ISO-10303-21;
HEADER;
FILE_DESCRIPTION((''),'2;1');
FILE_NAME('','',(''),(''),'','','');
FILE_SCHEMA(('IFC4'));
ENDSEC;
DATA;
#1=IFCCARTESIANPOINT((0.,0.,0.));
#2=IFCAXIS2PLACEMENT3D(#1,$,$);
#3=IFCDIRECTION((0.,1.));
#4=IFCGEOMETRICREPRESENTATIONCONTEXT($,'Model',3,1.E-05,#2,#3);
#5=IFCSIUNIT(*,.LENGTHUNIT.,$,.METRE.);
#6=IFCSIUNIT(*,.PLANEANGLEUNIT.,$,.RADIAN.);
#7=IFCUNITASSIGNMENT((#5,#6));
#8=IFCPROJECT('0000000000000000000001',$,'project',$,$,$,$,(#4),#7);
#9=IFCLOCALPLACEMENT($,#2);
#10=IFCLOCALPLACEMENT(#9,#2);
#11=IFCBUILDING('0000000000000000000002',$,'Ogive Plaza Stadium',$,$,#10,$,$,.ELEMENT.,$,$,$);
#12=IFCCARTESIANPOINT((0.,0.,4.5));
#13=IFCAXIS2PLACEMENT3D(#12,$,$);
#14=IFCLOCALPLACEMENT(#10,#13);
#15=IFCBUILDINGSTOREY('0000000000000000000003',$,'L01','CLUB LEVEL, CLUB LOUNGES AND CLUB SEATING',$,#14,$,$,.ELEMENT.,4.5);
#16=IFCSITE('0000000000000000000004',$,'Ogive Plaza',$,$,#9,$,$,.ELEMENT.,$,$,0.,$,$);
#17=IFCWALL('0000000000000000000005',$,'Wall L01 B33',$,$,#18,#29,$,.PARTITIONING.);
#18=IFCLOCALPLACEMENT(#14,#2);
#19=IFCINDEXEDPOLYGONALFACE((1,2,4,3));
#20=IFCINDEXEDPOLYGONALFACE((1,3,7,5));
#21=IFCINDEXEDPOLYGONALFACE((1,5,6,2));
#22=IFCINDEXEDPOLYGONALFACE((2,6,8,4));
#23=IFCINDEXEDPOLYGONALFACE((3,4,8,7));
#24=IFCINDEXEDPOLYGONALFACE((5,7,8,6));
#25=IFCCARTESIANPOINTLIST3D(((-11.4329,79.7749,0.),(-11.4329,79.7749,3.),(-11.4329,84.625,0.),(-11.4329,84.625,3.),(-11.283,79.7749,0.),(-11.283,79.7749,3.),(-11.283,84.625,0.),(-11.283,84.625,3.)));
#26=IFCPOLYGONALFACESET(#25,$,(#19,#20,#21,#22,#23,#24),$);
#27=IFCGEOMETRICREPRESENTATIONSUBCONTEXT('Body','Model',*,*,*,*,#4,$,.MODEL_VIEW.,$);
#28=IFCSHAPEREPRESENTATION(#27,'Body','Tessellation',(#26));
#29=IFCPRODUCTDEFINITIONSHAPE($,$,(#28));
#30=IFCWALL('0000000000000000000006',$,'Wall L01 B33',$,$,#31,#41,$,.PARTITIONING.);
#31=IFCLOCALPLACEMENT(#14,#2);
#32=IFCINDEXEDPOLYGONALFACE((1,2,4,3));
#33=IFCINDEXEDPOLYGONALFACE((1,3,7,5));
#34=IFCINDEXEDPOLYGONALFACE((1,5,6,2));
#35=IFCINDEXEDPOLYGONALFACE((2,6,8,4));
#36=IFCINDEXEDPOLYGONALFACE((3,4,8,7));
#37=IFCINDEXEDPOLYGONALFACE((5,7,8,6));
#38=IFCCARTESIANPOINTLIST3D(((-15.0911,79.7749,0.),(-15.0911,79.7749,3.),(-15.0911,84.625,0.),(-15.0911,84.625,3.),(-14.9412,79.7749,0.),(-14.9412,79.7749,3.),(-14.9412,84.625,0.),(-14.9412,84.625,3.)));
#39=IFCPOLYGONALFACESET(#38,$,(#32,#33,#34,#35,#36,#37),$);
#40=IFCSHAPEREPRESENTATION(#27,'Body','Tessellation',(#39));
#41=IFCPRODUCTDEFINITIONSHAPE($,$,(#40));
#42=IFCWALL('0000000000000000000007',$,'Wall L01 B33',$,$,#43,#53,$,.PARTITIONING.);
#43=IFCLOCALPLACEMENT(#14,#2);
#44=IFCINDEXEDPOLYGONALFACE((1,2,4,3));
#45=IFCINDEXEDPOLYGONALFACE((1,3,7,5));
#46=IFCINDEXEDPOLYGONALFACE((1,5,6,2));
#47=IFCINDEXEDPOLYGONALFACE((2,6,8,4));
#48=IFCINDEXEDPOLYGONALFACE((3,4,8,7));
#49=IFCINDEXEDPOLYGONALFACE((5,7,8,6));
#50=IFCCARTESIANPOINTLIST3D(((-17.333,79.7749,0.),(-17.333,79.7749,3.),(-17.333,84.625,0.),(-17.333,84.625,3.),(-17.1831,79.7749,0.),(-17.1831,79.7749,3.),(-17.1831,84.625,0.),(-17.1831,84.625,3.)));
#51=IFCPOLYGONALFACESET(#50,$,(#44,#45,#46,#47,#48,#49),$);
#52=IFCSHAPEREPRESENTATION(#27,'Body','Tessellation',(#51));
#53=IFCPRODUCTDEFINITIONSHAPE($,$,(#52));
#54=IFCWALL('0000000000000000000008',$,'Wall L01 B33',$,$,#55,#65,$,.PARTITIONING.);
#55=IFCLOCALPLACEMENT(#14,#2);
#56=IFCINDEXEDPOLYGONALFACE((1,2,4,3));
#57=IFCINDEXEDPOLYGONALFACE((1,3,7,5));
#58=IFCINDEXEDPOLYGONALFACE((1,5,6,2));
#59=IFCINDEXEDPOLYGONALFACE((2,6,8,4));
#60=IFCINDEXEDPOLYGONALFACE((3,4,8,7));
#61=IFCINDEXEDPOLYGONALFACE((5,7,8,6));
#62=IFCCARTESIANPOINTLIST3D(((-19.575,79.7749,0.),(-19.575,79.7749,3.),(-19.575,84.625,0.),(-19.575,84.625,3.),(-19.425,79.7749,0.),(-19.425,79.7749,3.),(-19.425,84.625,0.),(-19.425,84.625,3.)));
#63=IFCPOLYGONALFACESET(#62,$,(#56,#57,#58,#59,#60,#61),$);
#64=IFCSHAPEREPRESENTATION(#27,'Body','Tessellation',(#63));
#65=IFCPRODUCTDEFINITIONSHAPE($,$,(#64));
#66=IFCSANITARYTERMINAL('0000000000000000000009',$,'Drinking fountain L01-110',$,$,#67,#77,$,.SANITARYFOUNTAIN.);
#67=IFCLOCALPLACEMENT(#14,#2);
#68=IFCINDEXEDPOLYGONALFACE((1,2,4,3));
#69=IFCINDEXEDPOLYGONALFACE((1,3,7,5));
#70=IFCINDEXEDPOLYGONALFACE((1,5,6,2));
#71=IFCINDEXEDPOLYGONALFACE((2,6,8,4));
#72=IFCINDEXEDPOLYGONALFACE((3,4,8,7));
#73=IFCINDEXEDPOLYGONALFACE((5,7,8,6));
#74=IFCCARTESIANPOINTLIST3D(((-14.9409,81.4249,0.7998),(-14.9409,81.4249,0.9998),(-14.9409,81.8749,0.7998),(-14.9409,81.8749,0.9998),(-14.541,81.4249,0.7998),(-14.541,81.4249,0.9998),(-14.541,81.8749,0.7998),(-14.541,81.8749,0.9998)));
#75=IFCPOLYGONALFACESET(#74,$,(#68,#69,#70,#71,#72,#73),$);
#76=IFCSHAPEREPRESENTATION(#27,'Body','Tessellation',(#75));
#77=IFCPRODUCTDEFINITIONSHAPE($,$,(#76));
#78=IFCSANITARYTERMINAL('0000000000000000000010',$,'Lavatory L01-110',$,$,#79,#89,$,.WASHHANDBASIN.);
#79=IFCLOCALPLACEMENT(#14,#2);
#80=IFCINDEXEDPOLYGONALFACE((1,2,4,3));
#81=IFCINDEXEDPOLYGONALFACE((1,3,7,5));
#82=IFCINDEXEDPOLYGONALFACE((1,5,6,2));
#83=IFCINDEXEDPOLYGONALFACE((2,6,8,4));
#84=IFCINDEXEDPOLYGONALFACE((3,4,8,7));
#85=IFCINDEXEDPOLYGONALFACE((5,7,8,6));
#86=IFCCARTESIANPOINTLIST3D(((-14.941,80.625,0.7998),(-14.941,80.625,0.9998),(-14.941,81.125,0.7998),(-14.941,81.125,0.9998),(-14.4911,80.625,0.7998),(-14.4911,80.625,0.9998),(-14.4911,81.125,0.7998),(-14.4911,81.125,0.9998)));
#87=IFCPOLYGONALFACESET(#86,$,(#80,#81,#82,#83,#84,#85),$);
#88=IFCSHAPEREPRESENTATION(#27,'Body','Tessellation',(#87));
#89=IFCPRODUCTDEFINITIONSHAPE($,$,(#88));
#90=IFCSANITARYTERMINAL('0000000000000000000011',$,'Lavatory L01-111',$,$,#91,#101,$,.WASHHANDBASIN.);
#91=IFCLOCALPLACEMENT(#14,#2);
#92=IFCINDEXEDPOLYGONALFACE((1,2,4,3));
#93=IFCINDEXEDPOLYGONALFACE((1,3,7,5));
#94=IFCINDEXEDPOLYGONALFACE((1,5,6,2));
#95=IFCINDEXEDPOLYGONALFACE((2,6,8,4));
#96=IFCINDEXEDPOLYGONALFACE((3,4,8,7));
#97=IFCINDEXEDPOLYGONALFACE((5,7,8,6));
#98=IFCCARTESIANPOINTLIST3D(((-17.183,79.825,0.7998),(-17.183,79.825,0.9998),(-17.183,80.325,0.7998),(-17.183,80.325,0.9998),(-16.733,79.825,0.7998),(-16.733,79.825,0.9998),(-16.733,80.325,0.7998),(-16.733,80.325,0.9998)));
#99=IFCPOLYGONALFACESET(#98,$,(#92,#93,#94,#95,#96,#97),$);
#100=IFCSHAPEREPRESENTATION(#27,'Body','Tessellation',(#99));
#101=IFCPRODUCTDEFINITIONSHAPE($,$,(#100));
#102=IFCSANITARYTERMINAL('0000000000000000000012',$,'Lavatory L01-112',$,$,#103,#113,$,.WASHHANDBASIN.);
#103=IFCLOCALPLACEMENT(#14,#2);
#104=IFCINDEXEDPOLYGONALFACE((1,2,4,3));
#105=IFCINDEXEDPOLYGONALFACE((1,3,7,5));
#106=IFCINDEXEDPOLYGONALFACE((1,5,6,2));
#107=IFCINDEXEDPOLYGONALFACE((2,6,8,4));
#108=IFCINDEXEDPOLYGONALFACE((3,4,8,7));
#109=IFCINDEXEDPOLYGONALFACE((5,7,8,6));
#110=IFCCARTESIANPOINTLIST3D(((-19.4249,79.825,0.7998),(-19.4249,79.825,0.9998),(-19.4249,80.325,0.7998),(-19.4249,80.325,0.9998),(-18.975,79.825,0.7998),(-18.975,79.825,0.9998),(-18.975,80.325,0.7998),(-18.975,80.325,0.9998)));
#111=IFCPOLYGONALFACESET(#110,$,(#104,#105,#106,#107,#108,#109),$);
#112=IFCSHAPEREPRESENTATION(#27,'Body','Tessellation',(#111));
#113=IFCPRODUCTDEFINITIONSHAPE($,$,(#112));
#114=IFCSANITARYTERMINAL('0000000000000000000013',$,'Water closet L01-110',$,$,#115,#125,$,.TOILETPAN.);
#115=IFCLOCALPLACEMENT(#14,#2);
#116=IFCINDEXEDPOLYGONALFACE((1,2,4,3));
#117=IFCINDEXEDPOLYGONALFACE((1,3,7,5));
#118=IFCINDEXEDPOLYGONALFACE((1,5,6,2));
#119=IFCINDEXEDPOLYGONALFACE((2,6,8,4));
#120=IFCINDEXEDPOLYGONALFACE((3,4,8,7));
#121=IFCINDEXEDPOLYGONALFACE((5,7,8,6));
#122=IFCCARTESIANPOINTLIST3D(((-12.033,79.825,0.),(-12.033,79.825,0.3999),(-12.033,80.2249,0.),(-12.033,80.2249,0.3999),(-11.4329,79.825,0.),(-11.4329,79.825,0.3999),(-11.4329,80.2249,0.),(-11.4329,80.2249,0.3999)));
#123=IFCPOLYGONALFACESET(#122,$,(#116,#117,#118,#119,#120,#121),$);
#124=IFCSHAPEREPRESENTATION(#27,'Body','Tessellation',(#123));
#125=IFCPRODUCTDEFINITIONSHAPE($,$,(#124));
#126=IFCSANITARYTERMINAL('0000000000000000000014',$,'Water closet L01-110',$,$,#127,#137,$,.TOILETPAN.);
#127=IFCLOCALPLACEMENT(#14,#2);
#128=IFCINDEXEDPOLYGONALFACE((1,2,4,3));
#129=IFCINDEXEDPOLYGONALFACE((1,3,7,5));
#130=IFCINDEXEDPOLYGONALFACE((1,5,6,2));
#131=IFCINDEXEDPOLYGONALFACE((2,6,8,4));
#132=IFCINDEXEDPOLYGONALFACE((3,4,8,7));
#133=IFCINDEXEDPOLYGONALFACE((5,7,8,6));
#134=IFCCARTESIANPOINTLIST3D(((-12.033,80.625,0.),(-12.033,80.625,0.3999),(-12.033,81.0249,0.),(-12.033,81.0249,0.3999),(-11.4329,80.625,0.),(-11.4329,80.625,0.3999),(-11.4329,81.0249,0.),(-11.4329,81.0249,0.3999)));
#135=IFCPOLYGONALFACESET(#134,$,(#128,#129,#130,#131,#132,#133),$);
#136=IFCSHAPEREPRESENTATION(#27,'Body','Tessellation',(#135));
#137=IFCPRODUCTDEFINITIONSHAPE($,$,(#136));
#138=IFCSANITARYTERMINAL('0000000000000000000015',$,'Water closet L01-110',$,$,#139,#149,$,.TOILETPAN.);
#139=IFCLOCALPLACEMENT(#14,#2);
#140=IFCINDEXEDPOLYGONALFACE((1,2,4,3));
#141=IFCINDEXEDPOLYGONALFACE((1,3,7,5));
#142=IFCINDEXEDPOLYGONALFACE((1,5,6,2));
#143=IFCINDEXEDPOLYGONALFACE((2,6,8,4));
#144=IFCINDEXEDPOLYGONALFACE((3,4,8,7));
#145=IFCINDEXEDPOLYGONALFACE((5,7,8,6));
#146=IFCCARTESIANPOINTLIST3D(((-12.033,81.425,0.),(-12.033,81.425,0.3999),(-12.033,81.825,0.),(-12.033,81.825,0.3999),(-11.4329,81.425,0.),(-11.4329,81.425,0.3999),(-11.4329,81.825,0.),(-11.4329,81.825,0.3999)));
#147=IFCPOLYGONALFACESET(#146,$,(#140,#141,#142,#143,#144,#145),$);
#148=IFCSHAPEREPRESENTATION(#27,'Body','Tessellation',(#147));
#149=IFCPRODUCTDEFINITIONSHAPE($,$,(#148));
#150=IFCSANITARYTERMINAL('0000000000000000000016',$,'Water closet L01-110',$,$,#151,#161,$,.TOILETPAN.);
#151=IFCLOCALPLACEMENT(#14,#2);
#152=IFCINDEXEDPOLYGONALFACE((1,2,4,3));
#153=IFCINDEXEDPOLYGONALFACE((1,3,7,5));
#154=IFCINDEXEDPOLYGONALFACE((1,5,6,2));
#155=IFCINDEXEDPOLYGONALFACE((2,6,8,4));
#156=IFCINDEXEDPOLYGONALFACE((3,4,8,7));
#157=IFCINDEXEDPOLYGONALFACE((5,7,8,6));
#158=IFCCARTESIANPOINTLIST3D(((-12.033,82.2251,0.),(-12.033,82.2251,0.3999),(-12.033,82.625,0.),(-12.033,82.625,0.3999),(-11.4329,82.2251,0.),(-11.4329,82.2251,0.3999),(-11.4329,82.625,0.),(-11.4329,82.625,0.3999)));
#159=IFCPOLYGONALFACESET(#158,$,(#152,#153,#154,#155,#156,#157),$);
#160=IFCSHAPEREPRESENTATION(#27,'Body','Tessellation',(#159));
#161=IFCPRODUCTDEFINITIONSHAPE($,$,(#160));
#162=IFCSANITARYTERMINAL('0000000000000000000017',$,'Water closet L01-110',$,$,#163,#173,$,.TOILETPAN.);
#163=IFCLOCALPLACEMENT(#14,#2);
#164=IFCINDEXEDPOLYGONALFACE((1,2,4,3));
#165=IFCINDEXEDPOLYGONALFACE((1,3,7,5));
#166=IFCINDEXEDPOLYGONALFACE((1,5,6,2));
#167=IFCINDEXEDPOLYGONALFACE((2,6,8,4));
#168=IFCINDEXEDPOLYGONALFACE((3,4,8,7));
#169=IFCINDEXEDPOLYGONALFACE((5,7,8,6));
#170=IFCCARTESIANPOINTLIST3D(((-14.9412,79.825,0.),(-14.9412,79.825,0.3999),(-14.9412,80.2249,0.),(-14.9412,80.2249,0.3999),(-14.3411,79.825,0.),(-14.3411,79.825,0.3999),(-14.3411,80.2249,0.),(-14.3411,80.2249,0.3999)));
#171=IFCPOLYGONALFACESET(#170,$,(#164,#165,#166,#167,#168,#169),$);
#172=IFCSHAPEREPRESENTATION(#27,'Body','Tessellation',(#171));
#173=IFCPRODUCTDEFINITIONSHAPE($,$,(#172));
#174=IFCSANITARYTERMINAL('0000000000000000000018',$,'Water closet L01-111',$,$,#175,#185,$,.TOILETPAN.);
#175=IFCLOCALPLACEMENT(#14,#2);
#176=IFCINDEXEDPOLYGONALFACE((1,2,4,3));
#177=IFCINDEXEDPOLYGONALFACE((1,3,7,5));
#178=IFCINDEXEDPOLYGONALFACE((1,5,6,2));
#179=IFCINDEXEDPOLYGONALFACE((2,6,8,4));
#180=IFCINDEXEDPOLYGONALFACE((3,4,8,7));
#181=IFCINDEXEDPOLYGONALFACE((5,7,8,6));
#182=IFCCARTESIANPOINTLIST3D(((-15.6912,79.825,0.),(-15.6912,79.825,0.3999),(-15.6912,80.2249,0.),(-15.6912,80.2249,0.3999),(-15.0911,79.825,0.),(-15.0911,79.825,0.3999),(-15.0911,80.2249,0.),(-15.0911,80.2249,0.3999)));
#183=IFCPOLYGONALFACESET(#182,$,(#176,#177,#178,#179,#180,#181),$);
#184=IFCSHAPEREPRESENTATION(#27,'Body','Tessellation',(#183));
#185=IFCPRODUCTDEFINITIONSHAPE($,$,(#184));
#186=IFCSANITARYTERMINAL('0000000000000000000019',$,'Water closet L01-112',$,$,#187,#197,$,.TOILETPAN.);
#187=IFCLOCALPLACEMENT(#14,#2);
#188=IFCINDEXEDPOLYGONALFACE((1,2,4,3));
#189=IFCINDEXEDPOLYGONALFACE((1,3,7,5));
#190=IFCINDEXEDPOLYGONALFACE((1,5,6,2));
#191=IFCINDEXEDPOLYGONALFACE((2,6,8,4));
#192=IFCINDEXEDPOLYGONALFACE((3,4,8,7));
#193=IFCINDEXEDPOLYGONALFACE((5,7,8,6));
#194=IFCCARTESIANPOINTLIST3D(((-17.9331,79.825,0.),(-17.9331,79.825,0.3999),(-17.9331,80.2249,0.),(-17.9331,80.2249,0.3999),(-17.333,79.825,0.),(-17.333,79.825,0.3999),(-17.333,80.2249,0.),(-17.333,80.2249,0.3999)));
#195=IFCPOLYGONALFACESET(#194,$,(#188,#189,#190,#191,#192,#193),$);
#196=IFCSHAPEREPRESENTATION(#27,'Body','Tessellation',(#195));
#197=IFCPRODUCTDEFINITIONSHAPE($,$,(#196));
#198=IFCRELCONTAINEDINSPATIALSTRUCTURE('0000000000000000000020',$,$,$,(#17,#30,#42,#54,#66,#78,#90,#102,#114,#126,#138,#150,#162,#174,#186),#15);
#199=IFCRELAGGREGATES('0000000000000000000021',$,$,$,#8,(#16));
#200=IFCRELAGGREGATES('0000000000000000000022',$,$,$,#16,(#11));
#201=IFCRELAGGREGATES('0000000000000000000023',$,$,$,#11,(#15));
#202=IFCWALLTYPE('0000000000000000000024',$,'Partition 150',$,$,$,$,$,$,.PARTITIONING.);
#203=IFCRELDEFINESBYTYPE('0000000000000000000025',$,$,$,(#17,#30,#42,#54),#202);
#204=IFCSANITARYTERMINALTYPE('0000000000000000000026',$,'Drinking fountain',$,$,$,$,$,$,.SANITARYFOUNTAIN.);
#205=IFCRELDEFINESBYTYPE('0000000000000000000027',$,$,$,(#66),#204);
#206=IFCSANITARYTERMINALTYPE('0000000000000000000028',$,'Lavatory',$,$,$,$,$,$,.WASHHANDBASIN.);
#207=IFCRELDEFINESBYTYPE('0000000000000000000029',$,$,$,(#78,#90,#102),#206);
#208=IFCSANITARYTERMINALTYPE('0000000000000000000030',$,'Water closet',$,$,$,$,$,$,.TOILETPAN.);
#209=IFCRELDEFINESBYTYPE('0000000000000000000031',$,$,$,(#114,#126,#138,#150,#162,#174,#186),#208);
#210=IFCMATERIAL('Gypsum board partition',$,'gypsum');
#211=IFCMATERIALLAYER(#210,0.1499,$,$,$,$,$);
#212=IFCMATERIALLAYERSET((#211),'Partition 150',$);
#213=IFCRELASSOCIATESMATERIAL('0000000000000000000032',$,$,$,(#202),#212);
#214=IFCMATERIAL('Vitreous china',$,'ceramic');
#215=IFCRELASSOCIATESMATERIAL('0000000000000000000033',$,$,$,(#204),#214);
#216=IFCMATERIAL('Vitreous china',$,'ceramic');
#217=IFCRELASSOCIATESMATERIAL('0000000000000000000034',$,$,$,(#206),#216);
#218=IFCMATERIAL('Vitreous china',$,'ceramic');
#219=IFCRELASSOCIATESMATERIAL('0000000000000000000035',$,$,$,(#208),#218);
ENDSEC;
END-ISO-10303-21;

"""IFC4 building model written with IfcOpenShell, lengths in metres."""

from ifc_helpers import new_model, si_unit, direction, frame, frame_2d, origin, origin_2d, place, context, subcontext, project, spatial, rectangle, extrude, material, layer, layer_set, type_object, element, save


model = new_model("IFC4")

# Units and contexts
model_context = context("Model", 3, precision=1e-05, world=origin(), true_north=direction((0.0, 1.0)))
body_context = subcontext(model_context, "Body", "Model", "MODEL_VIEW")
ifc_project = project(units=[si_unit("LENGTHUNIT", "METRE"), si_unit("PLANEANGLEUNIT", "RADIAN")], contexts=[model_context])

# Site, building, storey
site_placement = place(None, origin())
site = spatial("IfcSite", under=ifc_project, at=site_placement, Name="Ogive Plaza", CompositionType="ELEMENT", RefElevation=0.0)
building_placement = place(site_placement, origin())
building = spatial("IfcBuilding", under=site, at=building_placement, Name="Ogive Plaza Stadium", CompositionType="ELEMENT")
storey_placement = place(building_placement, frame((0.0, 0.0, 4.5)))
storey = spatial("IfcBuildingStorey", under=building, at=storey_placement, Name="L01", Description="CLUB LEVEL, CLUB LOUNGES AND CLUB SEATING", CompositionType="ELEMENT", Elevation=4.5)

# Walls
ifc_material_1 = material(Name="Gypsum board partition", Category="gypsum")
ifc_layer = layer(ifc_material_1, 0.1499)
ifc_layer_set = layer_set([ifc_layer], Name="Partition 150")
wall_type = type_object("IfcWallType", Name="Partition 150", PredefinedType="PARTITIONING", material=ifc_layer_set)
for number, where, z_axis, x_axis, name in (
    (1, (-11.3579, 79.7749, 0.0), (0.0, 0.0, 1.0), (0.0, 1.0, 0.0), "Wall L01 B33"),
    (2, (-15.0161, 79.7749, 0.0), (0.0, 0.0, 1.0), (0.0, 1.0, 0.0), "Wall L01 B33"),
    (3, (-17.2581, 79.7749, 0.0), (0.0, 0.0, 1.0), (0.0, 1.0, 0.0), "Wall L01 B33"),
    (4, (-19.5, 79.7749, 0.0), (0.0, 0.0, 1.0), (0.0, 1.0, 0.0), "Wall L01 B33"),
):
    element("IfcWall", number, at=place(storey_placement, frame(where, z_axis=z_axis, x_axis=x_axis)), inside=storey, type_object=wall_type, Name=name, PredefinedType="PARTITIONING", context=body_context, shape_type="SweptSolid", body=[
        extrude(rectangle(XDim=4.8501, YDim=0.1499, at=frame_2d((2.425, 0.0))), origin(), (0.0, 0.0, 1.0), 3.0),
    ])

# Sanitary terminals
ifc_material_2 = material(Name="Vitreous china", Category="ceramic")
sanitary_terminal_type_1 = type_object("IfcSanitaryTerminalType", Name="Drinking fountain", PredefinedType="SANITARYFOUNTAIN", material=ifc_material_2)
sanitary_terminal_placement = place(storey_placement, frame((-14.741, 81.6499, 0.7998), z_axis=(0.0, 0.0, 1.0), x_axis=(0.0, 1.0, 0.0)))
element("IfcSanitaryTerminal", 5, at=sanitary_terminal_placement, inside=storey, type_object=sanitary_terminal_type_1, Name="Drinking fountain L01-110", PredefinedType="SANITARYFOUNTAIN", context=body_context, shape_type="SweptSolid", body=[
    extrude(rectangle(XDim=0.45, YDim=0.3999, at=origin_2d()), origin(), (0.0, 0.0, 1.0), 0.2),
])
ifc_material_3 = material(Name="Vitreous china", Category="ceramic")
sanitary_terminal_type_2 = type_object("IfcSanitaryTerminalType", Name="Lavatory", PredefinedType="WASHHANDBASIN", material=ifc_material_3)
for number, where, z_axis, x_axis, name in (
    (6, (-14.7161, 80.875, 0.7998), (0.0, 0.0, 1.0), (0.0, 1.0, 0.0), "Lavatory L01-110"),
    (7, (-16.958, 80.075, 0.7998), (0.0, 0.0, 1.0), (0.0, 1.0, 0.0), "Lavatory L01-111"),
    (8, (-19.2, 80.075, 0.7998), (0.0, 0.0, 1.0), (0.0, 1.0, 0.0), "Lavatory L01-112"),
):
    element("IfcSanitaryTerminal", number, at=place(storey_placement, frame(where, z_axis=z_axis, x_axis=x_axis)), inside=storey, type_object=sanitary_terminal_type_2, Name=name, PredefinedType="WASHHANDBASIN", context=body_context, shape_type="SweptSolid", body=[
        extrude(rectangle(XDim=0.5, YDim=0.45, at=origin_2d()), origin(), (0.0, 0.0, 1.0), 0.2),
    ])
ifc_material_4 = material(Name="Vitreous china", Category="ceramic")
sanitary_terminal_type_3 = type_object("IfcSanitaryTerminalType", Name="Water closet", PredefinedType="TOILETPAN", material=ifc_material_4)
for number, where, z_axis, x_axis, name in (
    (9, (-11.7329, 80.0249, 0.0), (0.0, 0.0, 1.0), (0.0, 1.0, 0.0), "Water closet L01-110"),
    (10, (-11.7329, 80.825, 0.0), (0.0, 0.0, 1.0), (0.0, 1.0, 0.0), "Water closet L01-110"),
    (11, (-11.7329, 81.625, 0.0), (0.0, 0.0, 1.0), (0.0, 1.0, 0.0), "Water closet L01-110"),
    (12, (-11.7329, 82.425, 0.0), (0.0, 0.0, 1.0), (0.0, 1.0, 0.0), "Water closet L01-110"),
    (13, (-14.6411, 80.0249, 0.0), (0.0, 0.0, 1.0), (0.0, 1.0, 0.0), "Water closet L01-110"),
    (14, (-15.3911, 80.0249, 0.0), (0.0, 0.0, 1.0), (0.0, 1.0, 0.0), "Water closet L01-111"),
    (15, (-17.6331, 80.0249, 0.0), (0.0, 0.0, 1.0), (0.0, 1.0, 0.0), "Water closet L01-112"),
):
    element("IfcSanitaryTerminal", number, at=place(storey_placement, frame(where, z_axis=z_axis, x_axis=x_axis)), inside=storey, type_object=sanitary_terminal_type_3, Name=name, PredefinedType="TOILETPAN", context=body_context, shape_type="SweptSolid", body=[
        extrude(rectangle(XDim=0.3999, YDim=0.6001, at=origin_2d()), origin(), (0.0, 0.0, 1.0), 0.3999),
    ])

save(model, "model.ifc")
